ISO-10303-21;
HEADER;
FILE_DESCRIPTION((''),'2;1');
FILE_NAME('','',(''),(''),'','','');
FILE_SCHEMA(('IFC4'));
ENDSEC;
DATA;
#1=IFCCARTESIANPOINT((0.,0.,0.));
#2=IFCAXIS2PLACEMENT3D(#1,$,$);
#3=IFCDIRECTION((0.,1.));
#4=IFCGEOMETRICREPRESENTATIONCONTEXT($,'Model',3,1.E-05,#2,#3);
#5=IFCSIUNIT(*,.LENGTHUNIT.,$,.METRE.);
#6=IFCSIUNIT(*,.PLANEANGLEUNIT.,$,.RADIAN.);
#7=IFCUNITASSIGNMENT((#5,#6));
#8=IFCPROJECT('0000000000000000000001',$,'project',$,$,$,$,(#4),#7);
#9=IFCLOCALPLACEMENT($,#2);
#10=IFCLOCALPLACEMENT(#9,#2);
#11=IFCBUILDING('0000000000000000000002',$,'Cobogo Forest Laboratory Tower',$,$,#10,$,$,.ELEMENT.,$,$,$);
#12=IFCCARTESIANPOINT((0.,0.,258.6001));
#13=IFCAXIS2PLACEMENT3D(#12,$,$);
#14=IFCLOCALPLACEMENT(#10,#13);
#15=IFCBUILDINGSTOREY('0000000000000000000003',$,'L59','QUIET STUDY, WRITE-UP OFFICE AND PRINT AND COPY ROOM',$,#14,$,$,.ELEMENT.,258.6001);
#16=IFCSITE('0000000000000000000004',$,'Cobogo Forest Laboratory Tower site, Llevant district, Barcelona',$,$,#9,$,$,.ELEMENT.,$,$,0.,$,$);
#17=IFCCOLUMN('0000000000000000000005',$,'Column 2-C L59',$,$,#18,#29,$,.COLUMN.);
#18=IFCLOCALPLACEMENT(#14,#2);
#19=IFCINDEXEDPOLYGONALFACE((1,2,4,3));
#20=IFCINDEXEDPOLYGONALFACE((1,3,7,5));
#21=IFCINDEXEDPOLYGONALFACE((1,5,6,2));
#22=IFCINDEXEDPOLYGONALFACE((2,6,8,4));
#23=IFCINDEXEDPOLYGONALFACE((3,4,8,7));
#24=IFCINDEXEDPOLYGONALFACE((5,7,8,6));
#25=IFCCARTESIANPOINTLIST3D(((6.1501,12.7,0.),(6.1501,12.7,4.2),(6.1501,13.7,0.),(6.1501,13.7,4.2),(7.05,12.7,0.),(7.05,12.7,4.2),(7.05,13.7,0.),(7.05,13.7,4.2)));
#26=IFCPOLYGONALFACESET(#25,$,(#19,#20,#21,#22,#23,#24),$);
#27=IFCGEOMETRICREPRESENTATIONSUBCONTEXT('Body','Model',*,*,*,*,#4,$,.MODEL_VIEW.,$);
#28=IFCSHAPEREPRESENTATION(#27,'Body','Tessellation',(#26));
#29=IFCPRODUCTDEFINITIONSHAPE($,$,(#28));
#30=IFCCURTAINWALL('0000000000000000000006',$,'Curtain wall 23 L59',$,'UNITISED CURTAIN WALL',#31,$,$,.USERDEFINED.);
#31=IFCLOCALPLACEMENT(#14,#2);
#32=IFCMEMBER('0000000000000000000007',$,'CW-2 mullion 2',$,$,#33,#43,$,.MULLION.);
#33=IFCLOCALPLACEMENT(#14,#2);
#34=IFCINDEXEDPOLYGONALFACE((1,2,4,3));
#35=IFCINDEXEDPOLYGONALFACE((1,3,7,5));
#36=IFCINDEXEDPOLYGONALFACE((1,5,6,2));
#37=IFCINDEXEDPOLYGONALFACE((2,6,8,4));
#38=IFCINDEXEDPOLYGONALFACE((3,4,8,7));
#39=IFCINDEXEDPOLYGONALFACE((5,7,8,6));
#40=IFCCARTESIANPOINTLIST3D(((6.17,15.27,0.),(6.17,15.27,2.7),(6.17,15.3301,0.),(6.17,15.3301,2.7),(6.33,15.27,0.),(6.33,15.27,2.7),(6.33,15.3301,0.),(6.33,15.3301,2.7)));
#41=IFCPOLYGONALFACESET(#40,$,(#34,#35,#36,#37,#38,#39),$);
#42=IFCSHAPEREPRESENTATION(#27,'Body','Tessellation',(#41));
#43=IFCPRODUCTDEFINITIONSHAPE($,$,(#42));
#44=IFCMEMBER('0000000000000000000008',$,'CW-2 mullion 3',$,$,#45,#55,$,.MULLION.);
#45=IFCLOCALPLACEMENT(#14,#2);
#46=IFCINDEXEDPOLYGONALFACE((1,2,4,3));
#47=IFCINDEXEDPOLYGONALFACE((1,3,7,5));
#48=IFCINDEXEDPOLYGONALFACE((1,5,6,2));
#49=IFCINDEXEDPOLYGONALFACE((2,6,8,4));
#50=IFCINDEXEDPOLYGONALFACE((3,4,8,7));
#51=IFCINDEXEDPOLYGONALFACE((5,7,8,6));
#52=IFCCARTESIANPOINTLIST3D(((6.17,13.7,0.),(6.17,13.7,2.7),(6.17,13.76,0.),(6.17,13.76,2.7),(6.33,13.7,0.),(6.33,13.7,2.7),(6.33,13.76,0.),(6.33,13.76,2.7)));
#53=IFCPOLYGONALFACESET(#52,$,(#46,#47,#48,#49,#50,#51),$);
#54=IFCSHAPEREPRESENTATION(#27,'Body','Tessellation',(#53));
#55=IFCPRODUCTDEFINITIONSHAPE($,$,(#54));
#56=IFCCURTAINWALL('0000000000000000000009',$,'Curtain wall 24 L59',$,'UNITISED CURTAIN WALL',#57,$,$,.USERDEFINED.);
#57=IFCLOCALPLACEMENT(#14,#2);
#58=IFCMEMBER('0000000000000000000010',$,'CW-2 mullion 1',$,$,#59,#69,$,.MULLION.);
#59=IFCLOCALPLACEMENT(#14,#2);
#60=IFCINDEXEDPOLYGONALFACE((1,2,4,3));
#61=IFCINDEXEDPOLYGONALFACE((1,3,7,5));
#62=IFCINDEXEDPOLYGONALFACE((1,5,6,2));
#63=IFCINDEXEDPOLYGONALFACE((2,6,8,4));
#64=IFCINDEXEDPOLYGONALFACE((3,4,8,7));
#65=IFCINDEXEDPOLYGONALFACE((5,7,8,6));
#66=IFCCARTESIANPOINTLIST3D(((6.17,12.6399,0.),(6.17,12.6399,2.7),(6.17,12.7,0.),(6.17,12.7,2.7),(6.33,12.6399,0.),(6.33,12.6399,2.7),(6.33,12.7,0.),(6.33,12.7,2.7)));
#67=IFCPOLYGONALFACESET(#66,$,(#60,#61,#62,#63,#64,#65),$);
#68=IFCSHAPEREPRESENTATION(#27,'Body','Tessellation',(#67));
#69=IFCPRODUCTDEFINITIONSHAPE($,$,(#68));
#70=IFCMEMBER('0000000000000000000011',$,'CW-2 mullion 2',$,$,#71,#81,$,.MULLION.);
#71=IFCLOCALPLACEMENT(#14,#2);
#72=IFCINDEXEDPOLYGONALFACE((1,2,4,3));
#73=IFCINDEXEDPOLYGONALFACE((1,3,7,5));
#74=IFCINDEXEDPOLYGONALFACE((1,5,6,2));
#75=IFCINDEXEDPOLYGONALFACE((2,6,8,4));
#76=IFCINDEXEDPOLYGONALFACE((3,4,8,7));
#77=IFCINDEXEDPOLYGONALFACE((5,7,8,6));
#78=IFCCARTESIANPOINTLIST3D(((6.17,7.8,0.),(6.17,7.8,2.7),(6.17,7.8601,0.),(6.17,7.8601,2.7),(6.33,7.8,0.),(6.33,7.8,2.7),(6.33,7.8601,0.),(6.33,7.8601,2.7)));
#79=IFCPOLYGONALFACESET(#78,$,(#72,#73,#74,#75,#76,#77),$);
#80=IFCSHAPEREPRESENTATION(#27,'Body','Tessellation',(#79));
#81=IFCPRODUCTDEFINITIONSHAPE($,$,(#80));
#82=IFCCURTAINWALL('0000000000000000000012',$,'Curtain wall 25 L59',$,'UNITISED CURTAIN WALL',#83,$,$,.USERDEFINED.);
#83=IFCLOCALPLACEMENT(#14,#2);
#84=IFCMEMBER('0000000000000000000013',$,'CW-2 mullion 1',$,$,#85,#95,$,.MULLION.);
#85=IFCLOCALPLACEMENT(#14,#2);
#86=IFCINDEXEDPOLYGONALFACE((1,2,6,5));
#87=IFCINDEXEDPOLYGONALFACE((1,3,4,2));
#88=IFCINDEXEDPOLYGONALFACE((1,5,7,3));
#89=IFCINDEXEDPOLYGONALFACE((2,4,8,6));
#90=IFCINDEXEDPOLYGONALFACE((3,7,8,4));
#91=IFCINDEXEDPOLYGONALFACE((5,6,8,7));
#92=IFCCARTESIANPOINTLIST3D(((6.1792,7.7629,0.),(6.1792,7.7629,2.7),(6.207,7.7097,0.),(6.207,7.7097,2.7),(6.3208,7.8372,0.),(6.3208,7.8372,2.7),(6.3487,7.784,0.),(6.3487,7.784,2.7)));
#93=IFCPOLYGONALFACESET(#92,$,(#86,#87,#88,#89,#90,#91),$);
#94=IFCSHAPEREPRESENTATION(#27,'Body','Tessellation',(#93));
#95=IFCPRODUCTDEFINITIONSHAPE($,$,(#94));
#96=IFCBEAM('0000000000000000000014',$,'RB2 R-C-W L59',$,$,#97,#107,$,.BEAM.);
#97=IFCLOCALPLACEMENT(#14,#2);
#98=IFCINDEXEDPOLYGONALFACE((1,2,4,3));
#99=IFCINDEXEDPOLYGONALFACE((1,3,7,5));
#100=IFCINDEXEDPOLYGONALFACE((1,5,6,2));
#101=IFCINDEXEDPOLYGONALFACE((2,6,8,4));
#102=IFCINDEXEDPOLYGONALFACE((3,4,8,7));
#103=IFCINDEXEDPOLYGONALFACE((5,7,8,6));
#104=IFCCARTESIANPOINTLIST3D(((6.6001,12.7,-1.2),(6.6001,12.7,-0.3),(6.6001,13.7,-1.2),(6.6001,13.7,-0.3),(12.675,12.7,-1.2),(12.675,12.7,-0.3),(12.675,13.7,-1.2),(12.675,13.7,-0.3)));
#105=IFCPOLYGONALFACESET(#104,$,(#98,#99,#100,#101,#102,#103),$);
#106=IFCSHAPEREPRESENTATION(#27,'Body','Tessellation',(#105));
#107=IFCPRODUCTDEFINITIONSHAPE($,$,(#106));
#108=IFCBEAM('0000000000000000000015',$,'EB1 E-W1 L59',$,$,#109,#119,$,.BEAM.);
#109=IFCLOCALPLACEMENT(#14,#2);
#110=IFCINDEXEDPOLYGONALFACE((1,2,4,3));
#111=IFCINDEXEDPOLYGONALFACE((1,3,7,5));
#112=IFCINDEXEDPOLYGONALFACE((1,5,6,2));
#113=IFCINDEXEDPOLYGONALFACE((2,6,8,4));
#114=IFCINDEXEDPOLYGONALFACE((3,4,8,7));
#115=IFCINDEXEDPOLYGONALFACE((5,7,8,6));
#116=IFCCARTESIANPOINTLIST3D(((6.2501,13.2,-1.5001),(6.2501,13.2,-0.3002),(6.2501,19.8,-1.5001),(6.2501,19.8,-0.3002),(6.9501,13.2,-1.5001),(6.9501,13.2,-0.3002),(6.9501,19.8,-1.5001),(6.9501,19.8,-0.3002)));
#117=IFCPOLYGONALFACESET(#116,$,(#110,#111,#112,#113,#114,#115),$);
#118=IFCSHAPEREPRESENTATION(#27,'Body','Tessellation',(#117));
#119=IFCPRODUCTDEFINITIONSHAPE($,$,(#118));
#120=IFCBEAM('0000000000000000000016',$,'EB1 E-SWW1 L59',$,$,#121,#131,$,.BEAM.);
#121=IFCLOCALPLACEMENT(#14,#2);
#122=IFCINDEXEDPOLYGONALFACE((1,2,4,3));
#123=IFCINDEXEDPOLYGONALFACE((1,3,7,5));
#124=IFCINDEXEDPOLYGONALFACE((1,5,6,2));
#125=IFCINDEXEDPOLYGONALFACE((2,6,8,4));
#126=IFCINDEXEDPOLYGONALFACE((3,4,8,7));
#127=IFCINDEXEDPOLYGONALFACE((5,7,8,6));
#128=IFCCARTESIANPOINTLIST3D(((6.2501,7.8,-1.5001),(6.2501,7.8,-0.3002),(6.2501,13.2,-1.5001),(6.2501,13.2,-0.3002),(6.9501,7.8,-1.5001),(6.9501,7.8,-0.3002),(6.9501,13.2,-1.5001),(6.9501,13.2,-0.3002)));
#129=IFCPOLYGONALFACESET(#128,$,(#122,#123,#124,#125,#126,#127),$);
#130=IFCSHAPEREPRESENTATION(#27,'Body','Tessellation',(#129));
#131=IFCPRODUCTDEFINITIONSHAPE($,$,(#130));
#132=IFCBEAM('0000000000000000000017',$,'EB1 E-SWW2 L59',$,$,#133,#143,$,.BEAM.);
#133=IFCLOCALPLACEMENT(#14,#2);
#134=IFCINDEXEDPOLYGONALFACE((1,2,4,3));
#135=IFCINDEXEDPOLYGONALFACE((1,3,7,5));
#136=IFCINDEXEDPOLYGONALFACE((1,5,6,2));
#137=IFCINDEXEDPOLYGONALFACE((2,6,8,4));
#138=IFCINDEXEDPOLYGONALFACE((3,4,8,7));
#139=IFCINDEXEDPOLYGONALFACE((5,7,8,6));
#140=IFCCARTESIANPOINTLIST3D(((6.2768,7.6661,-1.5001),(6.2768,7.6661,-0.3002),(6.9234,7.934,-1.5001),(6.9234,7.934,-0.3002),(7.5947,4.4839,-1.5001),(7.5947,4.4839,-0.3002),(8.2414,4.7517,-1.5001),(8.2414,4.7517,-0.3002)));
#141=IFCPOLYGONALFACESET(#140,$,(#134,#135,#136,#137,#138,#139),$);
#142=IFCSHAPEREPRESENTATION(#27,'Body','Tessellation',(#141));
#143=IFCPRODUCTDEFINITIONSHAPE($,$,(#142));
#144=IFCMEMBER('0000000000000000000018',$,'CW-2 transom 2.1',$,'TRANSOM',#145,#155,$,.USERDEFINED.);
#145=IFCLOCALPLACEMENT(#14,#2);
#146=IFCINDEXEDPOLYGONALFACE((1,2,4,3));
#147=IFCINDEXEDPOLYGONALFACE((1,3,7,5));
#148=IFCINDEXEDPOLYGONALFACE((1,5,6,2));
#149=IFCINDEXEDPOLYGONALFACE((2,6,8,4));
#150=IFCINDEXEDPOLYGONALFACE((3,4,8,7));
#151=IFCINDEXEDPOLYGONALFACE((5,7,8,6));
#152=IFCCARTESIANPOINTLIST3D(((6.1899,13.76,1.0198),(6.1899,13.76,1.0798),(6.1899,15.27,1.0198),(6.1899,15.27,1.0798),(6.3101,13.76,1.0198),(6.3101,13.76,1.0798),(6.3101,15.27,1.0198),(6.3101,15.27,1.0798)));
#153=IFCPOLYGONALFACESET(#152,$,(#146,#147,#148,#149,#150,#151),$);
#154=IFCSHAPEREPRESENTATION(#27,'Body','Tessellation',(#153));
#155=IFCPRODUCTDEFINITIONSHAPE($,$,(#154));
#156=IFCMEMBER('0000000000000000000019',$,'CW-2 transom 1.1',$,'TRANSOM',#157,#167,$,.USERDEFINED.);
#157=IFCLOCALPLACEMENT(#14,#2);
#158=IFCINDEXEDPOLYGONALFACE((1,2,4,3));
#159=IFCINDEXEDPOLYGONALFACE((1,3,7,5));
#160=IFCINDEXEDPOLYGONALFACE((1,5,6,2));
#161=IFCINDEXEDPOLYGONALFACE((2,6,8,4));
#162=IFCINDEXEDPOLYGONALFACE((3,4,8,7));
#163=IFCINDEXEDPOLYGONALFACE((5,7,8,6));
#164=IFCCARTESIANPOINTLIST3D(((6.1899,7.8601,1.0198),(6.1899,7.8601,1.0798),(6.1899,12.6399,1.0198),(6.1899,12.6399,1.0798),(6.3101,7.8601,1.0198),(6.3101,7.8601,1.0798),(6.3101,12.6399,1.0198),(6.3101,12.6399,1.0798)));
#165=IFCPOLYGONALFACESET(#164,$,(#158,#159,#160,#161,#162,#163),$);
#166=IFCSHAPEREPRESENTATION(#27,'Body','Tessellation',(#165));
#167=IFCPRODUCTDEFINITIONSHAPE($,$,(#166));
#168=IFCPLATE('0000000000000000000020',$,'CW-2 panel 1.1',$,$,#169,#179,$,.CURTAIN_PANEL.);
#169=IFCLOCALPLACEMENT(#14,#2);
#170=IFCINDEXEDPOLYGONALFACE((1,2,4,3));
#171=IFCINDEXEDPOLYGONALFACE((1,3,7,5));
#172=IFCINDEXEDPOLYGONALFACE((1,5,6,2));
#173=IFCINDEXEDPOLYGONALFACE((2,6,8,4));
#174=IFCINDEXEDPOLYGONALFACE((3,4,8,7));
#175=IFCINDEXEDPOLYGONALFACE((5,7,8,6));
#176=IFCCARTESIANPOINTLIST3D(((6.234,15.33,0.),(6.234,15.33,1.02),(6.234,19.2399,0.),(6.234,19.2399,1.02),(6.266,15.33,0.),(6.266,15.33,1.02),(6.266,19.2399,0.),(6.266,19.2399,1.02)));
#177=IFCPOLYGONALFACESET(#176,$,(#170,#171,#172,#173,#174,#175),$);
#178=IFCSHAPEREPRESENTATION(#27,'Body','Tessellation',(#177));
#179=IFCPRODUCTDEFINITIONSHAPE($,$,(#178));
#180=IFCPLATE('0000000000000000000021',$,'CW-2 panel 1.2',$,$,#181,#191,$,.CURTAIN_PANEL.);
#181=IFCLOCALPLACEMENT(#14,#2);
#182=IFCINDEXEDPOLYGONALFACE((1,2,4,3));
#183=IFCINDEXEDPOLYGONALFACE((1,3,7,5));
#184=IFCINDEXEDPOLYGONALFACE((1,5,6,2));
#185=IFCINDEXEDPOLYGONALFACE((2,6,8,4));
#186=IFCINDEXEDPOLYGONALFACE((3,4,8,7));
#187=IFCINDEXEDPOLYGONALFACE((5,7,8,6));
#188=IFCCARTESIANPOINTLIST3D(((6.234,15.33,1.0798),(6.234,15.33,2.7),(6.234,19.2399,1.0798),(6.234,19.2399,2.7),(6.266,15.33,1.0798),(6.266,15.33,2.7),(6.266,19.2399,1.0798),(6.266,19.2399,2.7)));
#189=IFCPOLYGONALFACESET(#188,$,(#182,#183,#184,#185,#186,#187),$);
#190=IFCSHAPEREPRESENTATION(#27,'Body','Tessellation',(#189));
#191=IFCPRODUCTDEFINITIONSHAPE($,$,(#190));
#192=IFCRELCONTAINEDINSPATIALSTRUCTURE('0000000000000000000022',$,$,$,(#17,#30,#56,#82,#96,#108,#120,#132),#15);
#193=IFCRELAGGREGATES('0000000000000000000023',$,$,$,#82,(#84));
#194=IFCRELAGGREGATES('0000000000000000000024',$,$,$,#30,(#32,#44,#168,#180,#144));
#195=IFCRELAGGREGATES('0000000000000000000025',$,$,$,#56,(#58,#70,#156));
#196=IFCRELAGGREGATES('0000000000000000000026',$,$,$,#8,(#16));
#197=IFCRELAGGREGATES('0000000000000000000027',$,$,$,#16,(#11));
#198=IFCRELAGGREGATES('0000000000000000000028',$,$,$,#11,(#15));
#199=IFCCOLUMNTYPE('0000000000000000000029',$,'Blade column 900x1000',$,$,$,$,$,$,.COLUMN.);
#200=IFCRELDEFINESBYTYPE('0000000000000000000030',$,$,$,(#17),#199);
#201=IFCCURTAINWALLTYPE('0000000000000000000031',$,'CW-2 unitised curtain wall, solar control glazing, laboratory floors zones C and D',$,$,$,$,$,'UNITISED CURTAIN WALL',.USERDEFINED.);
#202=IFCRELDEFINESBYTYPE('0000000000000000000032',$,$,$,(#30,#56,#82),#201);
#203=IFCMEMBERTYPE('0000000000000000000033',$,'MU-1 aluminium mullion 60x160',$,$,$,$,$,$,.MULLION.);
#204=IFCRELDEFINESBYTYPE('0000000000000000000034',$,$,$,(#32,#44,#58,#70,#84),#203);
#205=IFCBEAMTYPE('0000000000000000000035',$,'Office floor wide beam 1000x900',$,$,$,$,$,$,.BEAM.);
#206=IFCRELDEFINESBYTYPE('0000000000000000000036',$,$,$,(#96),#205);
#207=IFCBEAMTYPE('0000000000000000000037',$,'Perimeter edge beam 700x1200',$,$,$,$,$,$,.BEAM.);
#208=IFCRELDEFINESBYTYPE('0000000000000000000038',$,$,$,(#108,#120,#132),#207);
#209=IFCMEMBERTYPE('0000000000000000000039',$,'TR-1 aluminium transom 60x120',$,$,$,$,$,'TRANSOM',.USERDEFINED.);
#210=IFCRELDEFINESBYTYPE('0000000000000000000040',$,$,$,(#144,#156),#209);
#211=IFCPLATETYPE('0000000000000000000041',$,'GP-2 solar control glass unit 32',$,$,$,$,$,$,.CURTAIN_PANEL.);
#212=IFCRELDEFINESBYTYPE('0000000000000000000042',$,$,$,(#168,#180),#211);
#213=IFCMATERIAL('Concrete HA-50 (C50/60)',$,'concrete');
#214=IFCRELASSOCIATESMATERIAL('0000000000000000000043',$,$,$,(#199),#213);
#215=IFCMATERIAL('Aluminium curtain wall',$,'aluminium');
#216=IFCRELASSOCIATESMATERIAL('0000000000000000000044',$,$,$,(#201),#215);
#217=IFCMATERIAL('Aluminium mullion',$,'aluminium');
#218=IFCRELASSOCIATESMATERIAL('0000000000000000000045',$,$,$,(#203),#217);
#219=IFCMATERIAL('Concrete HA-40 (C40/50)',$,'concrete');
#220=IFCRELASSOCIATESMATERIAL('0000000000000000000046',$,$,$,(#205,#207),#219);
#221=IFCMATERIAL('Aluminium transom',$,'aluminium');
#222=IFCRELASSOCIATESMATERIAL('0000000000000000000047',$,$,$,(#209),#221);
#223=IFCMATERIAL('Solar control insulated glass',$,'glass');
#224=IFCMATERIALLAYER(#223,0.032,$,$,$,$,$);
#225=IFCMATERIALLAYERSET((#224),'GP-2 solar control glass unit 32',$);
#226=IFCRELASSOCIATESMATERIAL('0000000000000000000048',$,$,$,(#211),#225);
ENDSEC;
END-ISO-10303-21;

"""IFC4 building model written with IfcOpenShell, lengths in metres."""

from ifc_helpers import new_model, si_unit, direction, frame, origin, origin_2d, place, context, subcontext, project, spatial, rectangle, extrude, material, layer, layer_set, material_profile, profile_set, type_object, element, aggregate, save


model = new_model("IFC4")

# Units and contexts
model_context = context("Model", 3, precision=1e-05, world=origin(), true_north=direction((0.0, 1.0)))
body_context = subcontext(model_context, "Body", "Model", "MODEL_VIEW")
ifc_project = project(units=[si_unit("LENGTHUNIT", "METRE"), si_unit("PLANEANGLEUNIT", "RADIAN")], contexts=[model_context])

# Site, building, storey
site_placement = place(None, origin())
site = spatial("IfcSite", under=ifc_project, at=site_placement, Name="Cobogo Forest Laboratory Tower site, Llevant district, Barcelona", CompositionType="ELEMENT", RefElevation=0.0)
building_placement = place(site_placement, origin())
building = spatial("IfcBuilding", under=site, at=building_placement, Name="Cobogo Forest Laboratory Tower", CompositionType="ELEMENT")
storey_placement = place(building_placement, frame((0.0, 0.0, 258.6001)))
storey = spatial("IfcBuildingStorey", under=building, at=storey_placement, Name="L59", Description="QUIET STUDY, WRITE-UP OFFICE AND PRINT AND COPY ROOM", CompositionType="ELEMENT", Elevation=258.6001)

# Column
ifc_material_1 = material(Name="Concrete HA-50 (C50/60)", Category="concrete")
ifc_material_profile_1 = material_profile(ifc_material_1, rectangle(XDim=1.0, YDim=0.8999, at=origin_2d()), Name="RC 900x1000")
ifc_profile_set_1 = profile_set([ifc_material_profile_1], Name="Concrete HA-50 (C50/60)")
column_type = type_object("IfcColumnType", Name="Blade column 900x1000", PredefinedType="COLUMN", material=ifc_profile_set_1)
column_placement = place(storey_placement, frame((6.6001, 13.2, 0.0), z_axis=(0.0, 0.0, 1.0), x_axis=(0.0, 1.0, 0.0)))
element("IfcColumn", 1, at=column_placement, inside=storey, type_object=column_type, Name="Column 2-C L59", PredefinedType="COLUMN", context=body_context, shape_type="SweptSolid", body=[
    extrude(rectangle(XDim=1.0, YDim=0.8999, at=origin_2d()), origin(), (0.0, 0.0, 1.0), 4.2),
])

# Curtain walls, members
ifc_material_2 = material(Name="Aluminium curtain wall", Category="aluminium")
curtain_wall_type = type_object("IfcCurtainWallType", Name="CW-2 unitised curtain wall, solar control glazing, laboratory floors zones C and D", ElementType="UNITISED CURTAIN WALL", PredefinedType="USERDEFINED", material=ifc_material_2)
curtain_wall_1_placement = place(storey_placement, origin())
curtain_wall_1 = element("IfcCurtainWall", 2, at=curtain_wall_1_placement, inside=storey, type_object=curtain_wall_type, Name="Curtain wall 23 L59", ObjectType="UNITISED CURTAIN WALL", PredefinedType="USERDEFINED")
ifc_material_3 = material(Name="Aluminium mullion", Category="aluminium")
ifc_material_profile_2 = material_profile(ifc_material_3, rectangle(XDim=0.0601, YDim=0.1599, at=origin_2d()), Name="AL 60x160")
ifc_profile_set_2 = profile_set([ifc_material_profile_2], Name="Aluminium mullion")
member_type_1 = type_object("IfcMemberType", Name="MU-1 aluminium mullion 60x160", PredefinedType="MULLION", material=ifc_profile_set_2)
member_1_placement = place(storey_placement, frame((6.25, 15.3, 0.0), z_axis=(0.0, 0.0, 1.0), x_axis=(0.0, -1.0, 0.0)))
member_1 = element("IfcMember", 3, at=member_1_placement, type_object=member_type_1, Name="CW-2 mullion 2", PredefinedType="MULLION", context=body_context, shape_type="SweptSolid", body=[
    extrude(rectangle(XDim=0.0601, YDim=0.1599, at=origin_2d()), origin(), (0.0, 0.0, 1.0), 2.7),
])
member_2_placement = place(storey_placement, frame((6.25, 13.73, 0.0), z_axis=(0.0, 0.0, 1.0), x_axis=(0.0, -1.0, 0.0)))
member_2 = element("IfcMember", 4, at=member_2_placement, type_object=member_type_1, Name="CW-2 mullion 3", PredefinedType="MULLION", context=body_context, shape_type="SweptSolid", body=[
    extrude(rectangle(XDim=0.0601, YDim=0.1599, at=origin_2d()), origin(), (0.0, 0.0, 1.0), 2.7),
])
curtain_wall_2_placement = place(storey_placement, origin())
curtain_wall_2 = element("IfcCurtainWall", 5, at=curtain_wall_2_placement, inside=storey, type_object=curtain_wall_type, Name="Curtain wall 24 L59", ObjectType="UNITISED CURTAIN WALL", PredefinedType="USERDEFINED")
member_3_placement = place(storey_placement, frame((6.25, 12.6699, 0.0), z_axis=(0.0, 0.0, 1.0), x_axis=(0.0, -1.0, 0.0)))
member_3 = element("IfcMember", 6, at=member_3_placement, type_object=member_type_1, Name="CW-2 mullion 1", PredefinedType="MULLION", context=body_context, shape_type="SweptSolid", body=[
    extrude(rectangle(XDim=0.0601, YDim=0.1599, at=origin_2d()), origin(), (0.0, 0.0, 1.0), 2.7),
])
member_4_placement = place(storey_placement, frame((6.25, 7.8301, 0.0), z_axis=(0.0, 0.0, 1.0), x_axis=(0.0, -1.0, 0.0)))
member_4 = element("IfcMember", 7, at=member_4_placement, type_object=member_type_1, Name="CW-2 mullion 2", PredefinedType="MULLION", context=body_context, shape_type="SweptSolid", body=[
    extrude(rectangle(XDim=0.0601, YDim=0.1599, at=origin_2d()), origin(), (0.0, 0.0, 1.0), 2.7),
])

# Curtain wall, member
curtain_wall_3_placement = place(storey_placement, origin())
curtain_wall_3 = element("IfcCurtainWall", 8, at=curtain_wall_3_placement, inside=storey, type_object=curtain_wall_type, Name="Curtain wall 25 L59", ObjectType="UNITISED CURTAIN WALL", PredefinedType="USERDEFINED")
member_5_placement = place(storey_placement, frame((6.2639, 7.7734, 0.0), z_axis=(0.0, 0.0, 1.0), x_axis=(0.464284, -0.885686, 0.0)))
member_5 = element("IfcMember", 9, at=member_5_placement, type_object=member_type_1, Name="CW-2 mullion 1", PredefinedType="MULLION", context=body_context, shape_type="SweptSolid", body=[
    extrude(rectangle(XDim=0.0601, YDim=0.1599, at=origin_2d()), origin(), (0.0, 0.0, 1.0), 2.7),
])
aggregate(curtain_wall_3, [member_5])

# Beams
ifc_material_4 = material(Name="Concrete HA-40 (C40/50)", Category="concrete")
ifc_material_profile_3 = material_profile(ifc_material_4, rectangle(XDim=1.0, YDim=0.8999, at=origin_2d()), Name="RC 1000x900")
ifc_profile_set_3 = profile_set([ifc_material_profile_3], Name="Concrete HA-40 (C40/50)")
beam_type_1 = type_object("IfcBeamType", Name="Office floor wide beam 1000x900", PredefinedType="BEAM", material=ifc_profile_set_3)
beam_1_placement = place(storey_placement, frame((12.675, 13.2, -0.75), z_axis=(-1.0, 0.0, 0.0), x_axis=(0.0, -1.0, 0.0)))
element("IfcBeam", 10, at=beam_1_placement, inside=storey, type_object=beam_type_1, Name="RB2 R-C-W L59", PredefinedType="BEAM", context=body_context, shape_type="SweptSolid", body=[
    extrude(rectangle(XDim=1.0, YDim=0.8999, at=origin_2d()), origin(), (0.0, 0.0, 1.0), 6.075),
])
ifc_material_profile_4 = material_profile(ifc_material_4, rectangle(XDim=0.7, YDim=1.2, at=origin_2d()), Name="RC 700x1200")
ifc_profile_set_4 = profile_set([ifc_material_profile_4], Name="Concrete HA-40 (C40/50)")
beam_type_2 = type_object("IfcBeamType", Name="Perimeter edge beam 700x1200", PredefinedType="BEAM", material=ifc_profile_set_4)
beam_2_placement = place(storey_placement, frame((6.6001, 13.2, -0.9001), z_axis=(0.0, 1.0, 0.0), x_axis=(-1.0, 0.0, 0.0)))
element("IfcBeam", 11, at=beam_2_placement, inside=storey, type_object=beam_type_2, Name="EB1 E-W1 L59", PredefinedType="BEAM", context=body_context, shape_type="SweptSolid", body=[
    extrude(rectangle(XDim=0.7, YDim=1.2, at=origin_2d()), origin(), (0.0, 0.0, 1.0), 6.6001),
])
beam_3_placement = place(storey_placement, frame((6.6001, 13.2, -0.9001), z_axis=(0.0, -1.0, 0.0), x_axis=(1.0, 0.0, 0.0)))
element("IfcBeam", 12, at=beam_3_placement, inside=storey, type_object=beam_type_2, Name="EB1 E-SWW1 L59", PredefinedType="BEAM", context=body_context, shape_type="SweptSolid", body=[
    extrude(rectangle(XDim=0.7, YDim=1.2, at=origin_2d()), origin(), (0.0, 0.0, 1.0), 5.3999),
])
beam_4_placement = place(storey_placement, frame((6.6001, 7.8, -0.9001), z_axis=(0.382631, -0.923901, 0.0), x_axis=(0.923901, 0.382631, 0.0)))
element("IfcBeam", 13, at=beam_4_placement, inside=storey, type_object=beam_type_2, Name="EB1 E-SWW2 L59", PredefinedType="BEAM", context=body_context, shape_type="SweptSolid", body=[
    extrude(rectangle(XDim=0.7, YDim=1.2, at=origin_2d()), origin(), (0.0, 0.0, 1.0), 3.4443),
])

# Members
ifc_material_5 = material(Name="Aluminium transom", Category="aluminium")
ifc_material_profile_5 = material_profile(ifc_material_5, rectangle(XDim=0.1201, YDim=0.0601, at=origin_2d()), Name="AL 60x120")
ifc_profile_set_5 = profile_set([ifc_material_profile_5], Name="Aluminium transom")
member_type_2 = type_object("IfcMemberType", Name="TR-1 aluminium transom 60x120", ElementType="TRANSOM", PredefinedType="USERDEFINED", material=ifc_profile_set_5)
member_6_placement = place(storey_placement, frame((6.25, 15.27, 1.0498), z_axis=(0.0, -1.0, 0.0), x_axis=(1.0, 0.0, 0.0)))
member_6 = element("IfcMember", 14, at=member_6_placement, type_object=member_type_2, Name="CW-2 transom 2.1", ObjectType="TRANSOM", PredefinedType="USERDEFINED", context=body_context, shape_type="SweptSolid", body=[
    extrude(rectangle(XDim=0.1201, YDim=0.0601, at=origin_2d()), origin(), (0.0, 0.0, 1.0), 1.51),
])
member_7_placement = place(storey_placement, frame((6.25, 12.6399, 1.0498), z_axis=(0.0, -1.0, 0.0), x_axis=(1.0, 0.0, 0.0)))
member_7 = element("IfcMember", 15, at=member_7_placement, type_object=member_type_2, Name="CW-2 transom 1.1", ObjectType="TRANSOM", PredefinedType="USERDEFINED", context=body_context, shape_type="SweptSolid", body=[
    extrude(rectangle(XDim=0.1201, YDim=0.0601, at=origin_2d()), origin(), (0.0, 0.0, 1.0), 4.7798),
])

# Plates
ifc_material_6 = material(Name="Solar control insulated glass", Category="glass")
ifc_layer_1 = layer(ifc_material_6, 0.032)
ifc_layer_set_1 = layer_set([ifc_layer_1], Name="GP-2 solar control glass unit 32")
plate_type_1 = type_object("IfcPlateType", Name="GP-2 solar control glass unit 32", PredefinedType="CURTAIN_PANEL", material=ifc_layer_set_1)
plate_1_placement = place(storey_placement, frame((6.25, 17.2849, 0.0), z_axis=(0.0, 0.0, 1.0), x_axis=(0.0, -1.0, 0.0)))
plate_1 = element("IfcPlate", 16, at=plate_1_placement, type_object=plate_type_1, Name="CW-2 panel 1.1", PredefinedType="CURTAIN_PANEL", context=body_context, shape_type="SweptSolid", body=[
    extrude(rectangle(XDim=3.9099, YDim=0.032, at=origin_2d()), origin(), (0.0, 0.0, 1.0), 1.02),
])
plate_2_placement = place(storey_placement, frame((6.25, 17.2849, 1.0798), z_axis=(0.0, 0.0, 1.0), x_axis=(0.0, -1.0, 0.0)))
plate_2 = element("IfcPlate", 17, at=plate_2_placement, type_object=plate_type_1, Name="CW-2 panel 1.2", PredefinedType="CURTAIN_PANEL", context=body_context, shape_type="SweptSolid", body=[
    extrude(rectangle(XDim=3.9099, YDim=0.032, at=origin_2d()), origin(), (0.0, 0.0, 1.0), 1.6201),
])
aggregate(curtain_wall_1, [member_1, member_2, plate_1, plate_2, member_6])
aggregate(curtain_wall_2, [member_3, member_4, member_7])

save(model, "model.ifc")
